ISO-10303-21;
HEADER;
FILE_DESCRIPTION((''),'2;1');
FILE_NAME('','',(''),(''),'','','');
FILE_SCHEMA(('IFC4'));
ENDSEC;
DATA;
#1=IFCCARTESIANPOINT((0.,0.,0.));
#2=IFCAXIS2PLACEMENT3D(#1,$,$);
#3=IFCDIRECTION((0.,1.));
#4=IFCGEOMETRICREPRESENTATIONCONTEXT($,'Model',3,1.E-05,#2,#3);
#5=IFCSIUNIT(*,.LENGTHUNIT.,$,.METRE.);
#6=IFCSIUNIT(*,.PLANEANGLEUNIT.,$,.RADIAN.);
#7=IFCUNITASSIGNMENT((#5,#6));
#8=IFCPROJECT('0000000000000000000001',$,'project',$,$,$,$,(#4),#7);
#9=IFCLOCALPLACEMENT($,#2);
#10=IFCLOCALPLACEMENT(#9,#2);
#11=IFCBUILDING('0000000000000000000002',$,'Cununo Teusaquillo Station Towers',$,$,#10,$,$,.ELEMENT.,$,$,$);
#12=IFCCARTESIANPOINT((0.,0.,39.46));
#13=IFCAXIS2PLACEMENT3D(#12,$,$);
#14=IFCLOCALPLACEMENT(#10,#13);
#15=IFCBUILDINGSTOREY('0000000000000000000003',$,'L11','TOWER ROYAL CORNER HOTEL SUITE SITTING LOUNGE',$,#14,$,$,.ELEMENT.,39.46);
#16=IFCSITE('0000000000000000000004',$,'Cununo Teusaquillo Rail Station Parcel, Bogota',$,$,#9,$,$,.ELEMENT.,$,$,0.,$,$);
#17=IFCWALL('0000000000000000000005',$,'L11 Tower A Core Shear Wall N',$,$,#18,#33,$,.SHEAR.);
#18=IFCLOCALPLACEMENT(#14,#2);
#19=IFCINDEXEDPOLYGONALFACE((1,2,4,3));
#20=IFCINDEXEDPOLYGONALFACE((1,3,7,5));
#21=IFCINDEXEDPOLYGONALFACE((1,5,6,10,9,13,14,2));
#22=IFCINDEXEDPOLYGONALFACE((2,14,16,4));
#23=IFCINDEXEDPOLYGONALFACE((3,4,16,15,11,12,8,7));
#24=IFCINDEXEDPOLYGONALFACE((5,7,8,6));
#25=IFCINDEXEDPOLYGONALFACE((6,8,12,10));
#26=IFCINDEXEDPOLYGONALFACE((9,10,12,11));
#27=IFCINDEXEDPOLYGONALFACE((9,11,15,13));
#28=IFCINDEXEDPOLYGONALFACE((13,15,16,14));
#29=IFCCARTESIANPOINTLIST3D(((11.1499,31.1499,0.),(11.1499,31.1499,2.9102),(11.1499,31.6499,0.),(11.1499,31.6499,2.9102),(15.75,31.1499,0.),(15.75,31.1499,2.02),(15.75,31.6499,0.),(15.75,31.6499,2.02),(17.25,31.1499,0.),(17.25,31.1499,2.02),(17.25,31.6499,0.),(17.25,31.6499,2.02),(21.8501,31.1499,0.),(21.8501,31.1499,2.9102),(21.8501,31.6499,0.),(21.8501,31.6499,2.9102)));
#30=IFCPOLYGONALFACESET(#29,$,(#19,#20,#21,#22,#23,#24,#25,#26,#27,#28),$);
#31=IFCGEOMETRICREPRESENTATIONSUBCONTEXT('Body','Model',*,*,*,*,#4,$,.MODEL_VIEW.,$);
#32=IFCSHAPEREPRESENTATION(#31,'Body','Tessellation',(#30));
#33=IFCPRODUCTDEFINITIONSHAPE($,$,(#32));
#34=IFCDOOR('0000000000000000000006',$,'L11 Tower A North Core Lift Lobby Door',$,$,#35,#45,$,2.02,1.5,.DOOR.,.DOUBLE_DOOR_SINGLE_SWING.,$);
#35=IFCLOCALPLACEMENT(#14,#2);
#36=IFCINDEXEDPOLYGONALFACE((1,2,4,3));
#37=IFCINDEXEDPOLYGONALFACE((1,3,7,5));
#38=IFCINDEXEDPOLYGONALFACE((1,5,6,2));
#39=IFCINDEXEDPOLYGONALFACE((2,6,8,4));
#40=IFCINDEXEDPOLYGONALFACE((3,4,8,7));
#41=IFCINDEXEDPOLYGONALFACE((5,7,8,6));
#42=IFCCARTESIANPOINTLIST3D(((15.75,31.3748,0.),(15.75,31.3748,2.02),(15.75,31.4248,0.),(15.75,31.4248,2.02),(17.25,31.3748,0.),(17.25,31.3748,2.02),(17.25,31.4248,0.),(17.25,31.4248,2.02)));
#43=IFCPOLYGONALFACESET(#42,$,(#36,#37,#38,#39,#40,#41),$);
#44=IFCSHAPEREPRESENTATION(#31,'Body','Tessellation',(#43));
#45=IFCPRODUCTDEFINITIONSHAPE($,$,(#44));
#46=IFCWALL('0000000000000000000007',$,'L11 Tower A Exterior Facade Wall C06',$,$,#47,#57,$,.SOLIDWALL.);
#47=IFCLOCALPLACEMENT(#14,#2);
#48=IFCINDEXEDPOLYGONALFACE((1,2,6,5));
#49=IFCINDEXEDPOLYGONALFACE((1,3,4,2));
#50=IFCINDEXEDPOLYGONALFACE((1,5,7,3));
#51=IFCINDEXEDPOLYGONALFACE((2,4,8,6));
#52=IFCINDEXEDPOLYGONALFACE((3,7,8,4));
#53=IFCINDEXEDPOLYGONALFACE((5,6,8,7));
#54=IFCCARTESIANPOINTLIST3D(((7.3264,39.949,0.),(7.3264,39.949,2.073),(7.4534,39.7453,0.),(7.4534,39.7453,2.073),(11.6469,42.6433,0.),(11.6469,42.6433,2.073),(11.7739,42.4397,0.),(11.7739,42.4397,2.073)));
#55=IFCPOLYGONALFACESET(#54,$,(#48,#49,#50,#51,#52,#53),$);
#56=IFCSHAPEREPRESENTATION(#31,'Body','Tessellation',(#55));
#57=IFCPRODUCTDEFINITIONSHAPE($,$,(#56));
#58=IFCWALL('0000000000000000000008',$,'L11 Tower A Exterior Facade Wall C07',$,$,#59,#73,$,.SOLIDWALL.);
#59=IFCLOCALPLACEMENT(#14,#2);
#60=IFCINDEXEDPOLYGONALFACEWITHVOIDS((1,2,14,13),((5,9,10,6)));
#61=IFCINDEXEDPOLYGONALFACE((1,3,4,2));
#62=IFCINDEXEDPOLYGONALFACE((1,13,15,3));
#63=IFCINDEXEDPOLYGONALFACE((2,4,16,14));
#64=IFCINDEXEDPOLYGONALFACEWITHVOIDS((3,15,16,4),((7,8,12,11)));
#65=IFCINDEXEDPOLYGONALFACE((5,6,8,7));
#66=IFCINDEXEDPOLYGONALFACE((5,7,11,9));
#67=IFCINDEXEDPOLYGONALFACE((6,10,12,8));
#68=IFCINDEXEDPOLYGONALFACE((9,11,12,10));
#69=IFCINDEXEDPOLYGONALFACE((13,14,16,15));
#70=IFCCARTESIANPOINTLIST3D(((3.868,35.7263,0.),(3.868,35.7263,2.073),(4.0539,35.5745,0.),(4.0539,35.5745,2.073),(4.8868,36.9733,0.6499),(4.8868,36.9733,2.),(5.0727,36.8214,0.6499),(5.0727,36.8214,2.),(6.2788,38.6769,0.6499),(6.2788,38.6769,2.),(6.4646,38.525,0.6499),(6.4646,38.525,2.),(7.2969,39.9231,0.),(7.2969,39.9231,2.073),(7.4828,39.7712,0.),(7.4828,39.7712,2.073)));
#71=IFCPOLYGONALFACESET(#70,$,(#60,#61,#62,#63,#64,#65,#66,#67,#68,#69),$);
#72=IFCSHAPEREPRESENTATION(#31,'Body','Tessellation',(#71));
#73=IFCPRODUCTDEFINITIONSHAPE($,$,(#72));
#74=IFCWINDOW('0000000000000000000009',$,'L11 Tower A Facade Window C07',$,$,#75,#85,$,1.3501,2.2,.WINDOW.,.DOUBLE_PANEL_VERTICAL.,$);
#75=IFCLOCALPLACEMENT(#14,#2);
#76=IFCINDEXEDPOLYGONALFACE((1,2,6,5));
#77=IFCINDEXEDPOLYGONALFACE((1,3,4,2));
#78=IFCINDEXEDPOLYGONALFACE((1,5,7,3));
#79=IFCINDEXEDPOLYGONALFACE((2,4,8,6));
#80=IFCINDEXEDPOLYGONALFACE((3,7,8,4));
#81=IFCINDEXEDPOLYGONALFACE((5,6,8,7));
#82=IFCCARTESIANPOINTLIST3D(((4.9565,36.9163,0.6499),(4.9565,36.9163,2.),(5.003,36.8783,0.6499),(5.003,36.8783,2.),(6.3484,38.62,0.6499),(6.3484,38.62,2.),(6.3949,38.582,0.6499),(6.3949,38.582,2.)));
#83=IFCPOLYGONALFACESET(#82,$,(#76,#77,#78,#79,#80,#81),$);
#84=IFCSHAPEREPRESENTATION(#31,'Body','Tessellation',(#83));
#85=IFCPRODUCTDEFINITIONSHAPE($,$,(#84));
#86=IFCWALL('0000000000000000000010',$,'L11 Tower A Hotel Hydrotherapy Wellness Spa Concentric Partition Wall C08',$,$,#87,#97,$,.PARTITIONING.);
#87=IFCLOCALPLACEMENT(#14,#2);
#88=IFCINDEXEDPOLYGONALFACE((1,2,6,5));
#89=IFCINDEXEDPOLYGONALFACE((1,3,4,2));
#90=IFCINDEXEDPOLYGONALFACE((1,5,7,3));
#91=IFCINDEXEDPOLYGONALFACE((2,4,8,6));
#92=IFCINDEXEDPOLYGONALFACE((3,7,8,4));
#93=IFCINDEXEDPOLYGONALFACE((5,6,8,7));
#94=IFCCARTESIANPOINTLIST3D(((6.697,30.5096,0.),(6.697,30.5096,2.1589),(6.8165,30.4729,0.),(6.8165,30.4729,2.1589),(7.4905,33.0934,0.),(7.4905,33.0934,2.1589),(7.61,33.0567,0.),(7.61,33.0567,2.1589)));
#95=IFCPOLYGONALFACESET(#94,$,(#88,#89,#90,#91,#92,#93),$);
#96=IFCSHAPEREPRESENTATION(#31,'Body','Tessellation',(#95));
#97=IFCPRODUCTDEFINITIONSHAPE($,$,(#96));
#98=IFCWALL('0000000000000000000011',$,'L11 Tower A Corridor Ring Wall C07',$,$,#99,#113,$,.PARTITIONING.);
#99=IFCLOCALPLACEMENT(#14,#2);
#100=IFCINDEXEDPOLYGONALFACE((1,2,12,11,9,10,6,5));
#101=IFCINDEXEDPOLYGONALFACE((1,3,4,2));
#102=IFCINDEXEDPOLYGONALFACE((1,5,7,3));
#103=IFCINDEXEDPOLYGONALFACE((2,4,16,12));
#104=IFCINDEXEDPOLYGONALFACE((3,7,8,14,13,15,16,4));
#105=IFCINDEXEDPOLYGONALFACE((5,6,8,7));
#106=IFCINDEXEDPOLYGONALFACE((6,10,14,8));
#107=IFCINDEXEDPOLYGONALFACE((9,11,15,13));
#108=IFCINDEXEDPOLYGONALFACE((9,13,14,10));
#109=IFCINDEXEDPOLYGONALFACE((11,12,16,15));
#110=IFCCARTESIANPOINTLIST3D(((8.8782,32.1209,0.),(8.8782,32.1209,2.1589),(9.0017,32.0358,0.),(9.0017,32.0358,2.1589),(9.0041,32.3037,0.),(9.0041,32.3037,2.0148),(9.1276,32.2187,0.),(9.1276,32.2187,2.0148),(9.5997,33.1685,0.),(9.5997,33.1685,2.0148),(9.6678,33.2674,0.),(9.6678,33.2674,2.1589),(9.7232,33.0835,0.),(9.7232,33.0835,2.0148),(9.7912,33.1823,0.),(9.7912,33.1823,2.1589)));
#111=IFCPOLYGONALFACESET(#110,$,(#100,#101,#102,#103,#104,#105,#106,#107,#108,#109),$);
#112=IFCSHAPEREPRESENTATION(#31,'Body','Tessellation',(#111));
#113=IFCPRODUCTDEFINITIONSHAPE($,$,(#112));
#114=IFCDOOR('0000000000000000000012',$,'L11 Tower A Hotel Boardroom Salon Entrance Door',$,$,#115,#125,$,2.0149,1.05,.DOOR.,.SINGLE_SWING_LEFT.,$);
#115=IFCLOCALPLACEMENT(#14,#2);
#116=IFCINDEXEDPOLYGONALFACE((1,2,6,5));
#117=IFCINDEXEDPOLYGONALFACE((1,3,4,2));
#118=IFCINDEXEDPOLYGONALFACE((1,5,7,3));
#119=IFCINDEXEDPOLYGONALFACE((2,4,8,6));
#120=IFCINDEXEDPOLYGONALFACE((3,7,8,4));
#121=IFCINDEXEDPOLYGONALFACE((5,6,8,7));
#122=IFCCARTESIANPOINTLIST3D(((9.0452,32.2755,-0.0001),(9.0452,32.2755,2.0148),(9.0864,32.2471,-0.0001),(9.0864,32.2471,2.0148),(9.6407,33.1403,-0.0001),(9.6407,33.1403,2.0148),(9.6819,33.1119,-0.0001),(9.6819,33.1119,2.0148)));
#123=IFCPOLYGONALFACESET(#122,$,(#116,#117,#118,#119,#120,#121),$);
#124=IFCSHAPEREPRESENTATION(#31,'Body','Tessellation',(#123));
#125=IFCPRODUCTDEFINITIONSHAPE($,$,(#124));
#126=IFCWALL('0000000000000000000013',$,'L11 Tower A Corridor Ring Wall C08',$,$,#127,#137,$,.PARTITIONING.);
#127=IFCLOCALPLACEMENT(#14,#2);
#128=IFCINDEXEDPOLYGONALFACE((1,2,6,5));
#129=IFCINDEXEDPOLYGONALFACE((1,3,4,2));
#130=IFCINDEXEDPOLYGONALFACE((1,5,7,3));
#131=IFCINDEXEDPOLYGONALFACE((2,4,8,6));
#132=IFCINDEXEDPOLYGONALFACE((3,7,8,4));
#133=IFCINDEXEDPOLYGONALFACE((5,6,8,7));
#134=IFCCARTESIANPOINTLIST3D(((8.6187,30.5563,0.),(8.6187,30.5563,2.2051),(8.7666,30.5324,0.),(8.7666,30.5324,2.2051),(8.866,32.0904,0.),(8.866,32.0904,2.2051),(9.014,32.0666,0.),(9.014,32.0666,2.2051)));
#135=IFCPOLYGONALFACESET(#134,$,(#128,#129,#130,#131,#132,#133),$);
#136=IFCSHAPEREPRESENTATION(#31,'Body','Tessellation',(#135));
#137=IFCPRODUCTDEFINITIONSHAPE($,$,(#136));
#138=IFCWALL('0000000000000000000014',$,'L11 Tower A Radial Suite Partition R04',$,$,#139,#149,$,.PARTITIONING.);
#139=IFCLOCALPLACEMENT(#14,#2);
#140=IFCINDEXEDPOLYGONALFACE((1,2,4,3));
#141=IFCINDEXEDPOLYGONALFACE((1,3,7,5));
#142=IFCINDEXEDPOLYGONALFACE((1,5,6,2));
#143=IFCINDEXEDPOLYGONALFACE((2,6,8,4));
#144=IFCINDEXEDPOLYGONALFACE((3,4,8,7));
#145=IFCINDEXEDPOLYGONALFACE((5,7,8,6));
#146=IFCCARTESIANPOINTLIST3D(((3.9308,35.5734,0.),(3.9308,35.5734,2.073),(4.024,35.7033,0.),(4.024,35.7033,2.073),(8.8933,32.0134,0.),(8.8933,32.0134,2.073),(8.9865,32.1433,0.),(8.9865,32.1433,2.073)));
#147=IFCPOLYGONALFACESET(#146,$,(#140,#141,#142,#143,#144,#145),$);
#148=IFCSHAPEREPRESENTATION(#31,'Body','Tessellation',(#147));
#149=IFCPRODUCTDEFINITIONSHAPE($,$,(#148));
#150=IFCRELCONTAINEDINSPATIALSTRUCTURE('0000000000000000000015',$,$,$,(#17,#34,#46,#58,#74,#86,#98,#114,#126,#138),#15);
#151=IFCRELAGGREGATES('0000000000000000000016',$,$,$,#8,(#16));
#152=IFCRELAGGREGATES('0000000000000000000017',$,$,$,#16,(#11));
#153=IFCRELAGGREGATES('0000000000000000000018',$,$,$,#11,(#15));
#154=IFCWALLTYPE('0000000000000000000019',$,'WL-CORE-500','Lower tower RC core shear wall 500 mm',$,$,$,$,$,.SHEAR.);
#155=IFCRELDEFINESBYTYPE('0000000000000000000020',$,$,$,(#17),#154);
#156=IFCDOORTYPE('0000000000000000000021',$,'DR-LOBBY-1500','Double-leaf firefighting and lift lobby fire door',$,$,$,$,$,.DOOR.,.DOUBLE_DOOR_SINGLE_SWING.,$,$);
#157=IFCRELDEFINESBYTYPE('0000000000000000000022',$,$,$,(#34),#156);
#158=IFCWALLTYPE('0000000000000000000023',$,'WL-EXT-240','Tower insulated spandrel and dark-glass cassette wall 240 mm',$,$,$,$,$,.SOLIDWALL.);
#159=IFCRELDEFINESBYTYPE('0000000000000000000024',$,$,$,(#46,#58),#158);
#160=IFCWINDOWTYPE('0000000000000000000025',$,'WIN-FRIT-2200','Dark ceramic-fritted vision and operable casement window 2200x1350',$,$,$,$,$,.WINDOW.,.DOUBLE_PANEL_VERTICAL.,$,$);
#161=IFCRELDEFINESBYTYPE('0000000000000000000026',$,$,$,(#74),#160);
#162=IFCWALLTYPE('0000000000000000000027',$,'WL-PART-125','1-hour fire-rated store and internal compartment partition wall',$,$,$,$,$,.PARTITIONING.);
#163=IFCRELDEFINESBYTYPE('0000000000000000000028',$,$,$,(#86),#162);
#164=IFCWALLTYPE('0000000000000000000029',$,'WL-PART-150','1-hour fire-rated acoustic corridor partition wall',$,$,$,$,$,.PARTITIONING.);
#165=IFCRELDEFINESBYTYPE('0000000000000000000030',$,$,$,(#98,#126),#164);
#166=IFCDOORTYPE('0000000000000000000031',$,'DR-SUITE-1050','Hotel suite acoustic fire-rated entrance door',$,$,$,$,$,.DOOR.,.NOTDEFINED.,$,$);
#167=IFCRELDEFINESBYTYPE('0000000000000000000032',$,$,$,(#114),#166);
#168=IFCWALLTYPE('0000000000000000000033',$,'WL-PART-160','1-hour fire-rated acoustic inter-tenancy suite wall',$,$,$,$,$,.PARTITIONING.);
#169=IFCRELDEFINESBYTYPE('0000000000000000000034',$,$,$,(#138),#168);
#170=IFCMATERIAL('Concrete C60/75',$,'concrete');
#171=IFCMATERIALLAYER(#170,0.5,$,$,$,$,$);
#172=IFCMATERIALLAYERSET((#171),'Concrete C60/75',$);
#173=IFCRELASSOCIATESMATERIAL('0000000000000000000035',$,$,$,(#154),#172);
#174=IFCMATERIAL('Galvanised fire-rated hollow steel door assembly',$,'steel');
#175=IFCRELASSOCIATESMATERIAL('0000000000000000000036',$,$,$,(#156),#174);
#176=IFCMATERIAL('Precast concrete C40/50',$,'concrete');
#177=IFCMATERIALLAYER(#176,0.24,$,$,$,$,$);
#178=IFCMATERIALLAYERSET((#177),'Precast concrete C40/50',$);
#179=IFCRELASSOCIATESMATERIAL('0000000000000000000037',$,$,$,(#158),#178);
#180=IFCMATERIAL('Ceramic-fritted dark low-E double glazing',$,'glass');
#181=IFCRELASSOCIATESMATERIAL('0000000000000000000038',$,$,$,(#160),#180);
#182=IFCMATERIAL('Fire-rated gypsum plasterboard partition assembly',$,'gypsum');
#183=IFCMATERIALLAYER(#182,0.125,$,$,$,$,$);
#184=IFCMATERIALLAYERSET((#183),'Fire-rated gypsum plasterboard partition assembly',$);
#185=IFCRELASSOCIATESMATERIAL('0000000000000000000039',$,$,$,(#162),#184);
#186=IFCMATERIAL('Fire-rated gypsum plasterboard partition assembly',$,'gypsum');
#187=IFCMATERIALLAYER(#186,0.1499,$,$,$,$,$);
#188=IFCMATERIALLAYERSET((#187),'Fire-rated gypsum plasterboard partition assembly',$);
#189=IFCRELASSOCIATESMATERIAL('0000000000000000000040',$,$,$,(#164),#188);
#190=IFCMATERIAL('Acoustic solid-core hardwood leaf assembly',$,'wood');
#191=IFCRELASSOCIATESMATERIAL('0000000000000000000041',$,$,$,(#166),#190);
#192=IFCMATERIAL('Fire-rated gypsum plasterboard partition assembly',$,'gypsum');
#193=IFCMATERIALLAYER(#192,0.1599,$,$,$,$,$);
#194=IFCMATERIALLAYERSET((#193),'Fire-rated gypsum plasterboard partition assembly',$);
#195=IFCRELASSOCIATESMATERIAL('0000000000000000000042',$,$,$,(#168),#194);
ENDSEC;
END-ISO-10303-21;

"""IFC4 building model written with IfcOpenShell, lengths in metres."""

from ifc_helpers import new_model, si_unit, direction, frame, frame_2d, origin, place, context, subcontext, project, spatial, rectangle, extrude, source, transform, mapped, material, layer, layer_set, type_object, element, fill, save


model = new_model("IFC4")

# Units and contexts
model_context = context("Model", 3, precision=1e-05, world=origin(), true_north=direction((0.0, 1.0)))
body_context = subcontext(model_context, "Body", "Model", "MODEL_VIEW")
ifc_project = project(units=[si_unit("LENGTHUNIT", "METRE"), si_unit("PLANEANGLEUNIT", "RADIAN")], contexts=[model_context])

# Site, building, storey
site_placement = place(None, origin())
site = spatial("IfcSite", under=ifc_project, at=site_placement, Name="Cununo Teusaquillo Rail Station Parcel, Bogota", CompositionType="ELEMENT", RefElevation=0.0)
building_placement = place(site_placement, origin())
building = spatial("IfcBuilding", under=site, at=building_placement, Name="Cununo Teusaquillo Station Towers", CompositionType="ELEMENT")
storey_placement = place(building_placement, frame((0.0, 0.0, 39.46)))
storey = spatial("IfcBuildingStorey", under=building, at=storey_placement, Name="L11", Description="TOWER ROYAL CORNER HOTEL SUITE SITTING LOUNGE", CompositionType="ELEMENT", Elevation=39.46)

# Wall, opening, door
ifc_material_1 = material(Name="Concrete C60/75", Category="concrete")
ifc_layer_1 = layer(ifc_material_1, 0.5)
ifc_layer_set_1 = layer_set([ifc_layer_1], Name="Concrete C60/75")
wall_type_1 = type_object("IfcWallType", Name="WL-CORE-500", Description="Lower tower RC core shear wall 500 mm", PredefinedType="SHEAR", material=ifc_layer_set_1)
wall_1_placement = place(storey_placement, frame((11.1499, 31.3999, 0.0), z_axis=(0.0, 0.0, 1.0), x_axis=(1.0, 0.0, 0.0)))
wall_1 = element("IfcWall", 1, at=wall_1_placement, inside=storey, type_object=wall_type_1, Name="L11 Tower A Core Shear Wall N", PredefinedType="SHEAR", context=body_context, shape_type="SweptSolid", body=[
    extrude(rectangle(XDim=10.7002, YDim=0.5, at=frame_2d((5.3501, 0.0))), origin(), (0.0, 0.0, 1.0), 2.9102),
])
shared_shape_1 = source(origin(), body_context, "Body", "SweptSolid", [
    extrude(rectangle(XDim=1.5, YDim=2.02, at=frame_2d((0.75, 1.01))), frame((0.0, 0.26, 0.0), z_axis=(0.0, -1.0, 0.0), x_axis=(1.0, 0.0, 0.0)), (0.0, 0.0, 1.0), 0.52),
])
opening_1_placement = place(wall_1_placement, frame((4.6001, 0.0, 0.0)))
opening_1 = element("IfcOpeningElement", 2, at=opening_1_placement, cuts=wall_1, PredefinedType="OPENING", context=body_context, shape_type="MappedRepresentation", body=[
    mapped(shared_shape_1, transform((0.0, 0.0, 0.0), x_axis=(1.0, 0.0, 0.0), y_axis=(0.0, 1.0, 0.0), z_axis=(0.0, 0.0, 1.0), scale=1.0)),
])
ifc_material_2 = material(Name="Galvanised fire-rated hollow steel door assembly", Category="steel")
door_type_1 = type_object("IfcDoorType", Name="DR-LOBBY-1500", Description="Double-leaf firefighting and lift lobby fire door", OperationType="DOUBLE_DOOR_SINGLE_SWING", PredefinedType="DOOR", material=ifc_material_2)
shared_shape_2 = source(origin(), body_context, "Body", "SweptSolid", [
    extrude(rectangle(XDim=1.5, YDim=2.02, at=frame_2d((0.75, 1.01))), frame((0.0, 0.0249, 0.0), z_axis=(0.0, -1.0, 0.0), x_axis=(1.0, 0.0, 0.0)), (0.0, 0.0, 1.0), 0.05),
])
door_1_placement = place(opening_1_placement, origin())
door_1 = element("IfcDoor", 3, at=door_1_placement, inside=storey, type_object=door_type_1, Name="L11 Tower A North Core Lift Lobby Door", OperationType="DOUBLE_DOOR_SINGLE_SWING", OverallHeight=2.02, OverallWidth=1.5, PredefinedType="DOOR", context=body_context, shape_type="MappedRepresentation", body=[
    mapped(shared_shape_2, transform((0.0, 0.0, 0.0), x_axis=(1.0, 0.0, 0.0), y_axis=(0.0, 1.0, 0.0), z_axis=(0.0, 0.0, 1.0), scale=1.0)),
])
fill(opening_1, door_1)

# Wall
ifc_material_3 = material(Name="Precast concrete C40/50", Category="concrete")
ifc_layer_2 = layer(ifc_material_3, 0.24)
ifc_layer_set_2 = layer_set([ifc_layer_2], Name="Precast concrete C40/50")
wall_type_2 = type_object("IfcWallType", Name="WL-EXT-240", Description="Tower insulated spandrel and dark-glass cassette wall 240 mm", PredefinedType="SOLIDWALL", material=ifc_layer_set_2)
wall_2_placement = place(storey_placement, frame((7.3899, 39.8472, 0.0), z_axis=(0.0, 0.0, 1.0), x_axis=(0.848529, 0.52915, 0.0)))
element("IfcWall", 4, at=wall_2_placement, inside=storey, type_object=wall_type_2, Name="L11 Tower A Exterior Facade Wall C06", PredefinedType="SOLIDWALL", context=body_context, shape_type="SweptSolid", body=[
    extrude(rectangle(XDim=5.0918, YDim=0.24, at=frame_2d((2.5459, 0.0))), origin(), (0.0, 0.0, 1.0), 2.073),
])

# Wall, opening, window
wall_3_placement = place(storey_placement, frame((3.9609, 35.6504, 0.0), z_axis=(0.0, 0.0, 1.0), x_axis=(0.63271, 0.774389, 0.0)))
wall_3 = element("IfcWall", 5, at=wall_3_placement, inside=storey, type_object=wall_type_2, Name="L11 Tower A Exterior Facade Wall C07", PredefinedType="SOLIDWALL", context=body_context, shape_type="SweptSolid", body=[
    extrude(rectangle(XDim=5.4194, YDim=0.24, at=frame_2d((2.7097, 0.0))), origin(), (0.0, 0.0, 1.0), 2.073),
])
shared_shape_3 = source(origin(), body_context, "Body", "SweptSolid", [
    extrude(rectangle(XDim=2.2, YDim=1.3501, at=frame_2d((1.1001, 0.675))), frame((0.0, 0.1299, 0.0), z_axis=(0.0, -1.0, 0.0), x_axis=(1.0, 0.0, 0.0)), (0.0, 0.0, 1.0), 0.26),
])
opening_2_placement = place(wall_3_placement, frame((1.6101, 0.0, 0.6499)))
opening_2 = element("IfcOpeningElement", 6, at=opening_2_placement, cuts=wall_3, PredefinedType="OPENING", context=body_context, shape_type="MappedRepresentation", body=[
    mapped(shared_shape_3, transform((0.0, 0.0, 0.0), x_axis=(1.0, 0.0, 0.0), y_axis=(0.0, 1.0, 0.0), z_axis=(0.0, 0.0, 1.0), scale=1.0)),
])
ifc_material_4 = material(Name="Ceramic-fritted dark low-E double glazing", Category="glass")
window_type = type_object("IfcWindowType", Name="WIN-FRIT-2200", Description="Dark ceramic-fritted vision and operable casement window 2200x1350", PartitioningType="DOUBLE_PANEL_VERTICAL", PredefinedType="WINDOW", material=ifc_material_4)
shared_shape_4 = source(origin(), body_context, "Body", "SweptSolid", [
    extrude(rectangle(XDim=2.2, YDim=1.3501, at=frame_2d((1.1001, 0.675))), frame((0.0, 0.03, 0.0), z_axis=(0.0, -1.0, 0.0), x_axis=(1.0, 0.0, 0.0)), (0.0, 0.0, 1.0), 0.0601),
])
window_placement = place(opening_2_placement, origin())
window = element("IfcWindow", 7, at=window_placement, inside=storey, type_object=window_type, Name="L11 Tower A Facade Window C07", OverallHeight=1.3501, OverallWidth=2.2, PartitioningType="DOUBLE_PANEL_VERTICAL", PredefinedType="WINDOW", context=body_context, shape_type="MappedRepresentation", body=[
    mapped(shared_shape_4, transform((0.0, 0.0, 0.0), x_axis=(1.0, 0.0, 0.0), y_axis=(0.0, 1.0, 0.0), z_axis=(0.0, 0.0, 1.0), scale=1.0)),
])
fill(opening_2, window)

# Wall
ifc_material_5 = material(Name="Fire-rated gypsum plasterboard partition assembly", Category="gypsum")
ifc_layer_3 = layer(ifc_material_5, 0.125)
ifc_layer_set_3 = layer_set([ifc_layer_3], Name="Fire-rated gypsum plasterboard partition assembly")
wall_type_3 = type_object("IfcWallType", Name="WL-PART-125", Description="1-hour fire-rated store and internal compartment partition wall", PredefinedType="PARTITIONING", material=ifc_layer_set_3)
wall_4_placement = place(storey_placement, frame((7.5503, 33.0752, 0.0), z_axis=(0.0, 0.0, 1.0), x_axis=(-0.293565, -0.955939, 0.0)))
element("IfcWall", 8, at=wall_4_placement, inside=storey, type_object=wall_type_3, Name="L11 Tower A Hotel Hydrotherapy Wellness Spa Concentric Partition Wall C08", PredefinedType="PARTITIONING", context=body_context, shape_type="SweptSolid", body=[
    extrude(rectangle(XDim=2.7029, YDim=0.125, at=frame_2d((1.3516, 0.0))), origin(), (0.0, 0.0, 1.0), 2.1589),
])

# Wall, opening, door
ifc_material_6 = material(Name="Fire-rated gypsum plasterboard partition assembly", Category="gypsum")
ifc_layer_4 = layer(ifc_material_6, 0.1499)
ifc_layer_set_4 = layer_set([ifc_layer_4], Name="Fire-rated gypsum plasterboard partition assembly")
wall_type_4 = type_object("IfcWallType", Name="WL-PART-150", Description="1-hour fire-rated acoustic corridor partition wall", PredefinedType="PARTITIONING", material=ifc_layer_set_4)
wall_5_placement = place(storey_placement, frame((9.7295, 33.2249, 0.0), z_axis=(0.0, 0.0, 1.0), x_axis=(-0.567184, -0.823591, 0.0)))
wall_5 = element("IfcWall", 9, at=wall_5_placement, inside=storey, type_object=wall_type_4, Name="L11 Tower A Corridor Ring Wall C07", PredefinedType="PARTITIONING", context=body_context, shape_type="SweptSolid", body=[
    extrude(rectangle(XDim=1.3921, YDim=0.1499, at=frame_2d((0.696, 0.0))), origin(), (0.0, 0.0, 1.0), 2.1589),
])
shared_shape_5 = source(origin(), body_context, "Body", "SweptSolid", [
    extrude(rectangle(XDim=1.05, YDim=2.0149, at=frame_2d((0.5249, 1.0073))), frame((0.0, 0.085, 0.0), z_axis=(0.0, -1.0, 0.0), x_axis=(1.0, 0.0, 0.0)), (0.0, 0.0, 1.0), 0.1699),
])
opening_3_placement = place(wall_5_placement, frame((0.1201, 0.0, 0.0)))
opening_3 = element("IfcOpeningElement", 10, at=opening_3_placement, cuts=wall_5, PredefinedType="OPENING", context=body_context, shape_type="MappedRepresentation", body=[
    mapped(shared_shape_5, transform((0.0, 0.0, 0.0), x_axis=(1.0, 0.0, 0.0), y_axis=(0.0, 1.0, 0.0), z_axis=(0.0, 0.0, 1.0), scale=1.0)),
])
ifc_material_7 = material(Name="Acoustic solid-core hardwood leaf assembly", Category="wood")
door_type_2 = type_object("IfcDoorType", Name="DR-SUITE-1050", Description="Hotel suite acoustic fire-rated entrance door", OperationType="NOTDEFINED", PredefinedType="DOOR", material=ifc_material_7)
shared_shape_6 = source(origin(), body_context, "Body", "SweptSolid", [
    extrude(rectangle(XDim=1.05, YDim=2.0149, at=frame_2d((0.5249, 1.0073))), frame((0.0, 0.0249, 0.0), z_axis=(0.0, -1.0, 0.0), x_axis=(1.0, 0.0, 0.0)), (0.0, 0.0, 1.0), 0.05),
])
door_2_placement = place(opening_3_placement, origin())
door_2 = element("IfcDoor", 11, at=door_2_placement, inside=storey, type_object=door_type_2, Name="L11 Tower A Hotel Boardroom Salon Entrance Door", OperationType="SINGLE_SWING_LEFT", OverallHeight=2.0149, OverallWidth=1.05, PredefinedType="DOOR", context=body_context, shape_type="MappedRepresentation", body=[
    mapped(shared_shape_6, transform((0.0, 0.0, 0.0), x_axis=(1.0, 0.0, 0.0), y_axis=(0.0, 1.0, 0.0), z_axis=(0.0, 0.0, 1.0), scale=1.0)),
])
fill(opening_3, door_2)

# Walls
wall_6_placement = place(storey_placement, frame((8.9399, 32.0784, 0.0), z_axis=(0.0, 0.0, 1.0), x_axis=(-0.159148, -0.987255, 0.0)))
element("IfcWall", 12, at=wall_6_placement, inside=storey, type_object=wall_type_4, Name="L11 Tower A Corridor Ring Wall C08", PredefinedType="PARTITIONING", context=body_context, shape_type="SweptSolid", body=[
    extrude(rectangle(XDim=1.554, YDim=0.1499, at=frame_2d((0.7769, 0.0))), origin(), (0.0, 0.0, 1.0), 2.2051),
])
ifc_material_8 = material(Name="Fire-rated gypsum plasterboard partition assembly", Category="gypsum")
ifc_layer_5 = layer(ifc_material_8, 0.1599)
ifc_layer_set_5 = layer_set([ifc_layer_5], Name="Fire-rated gypsum plasterboard partition assembly")
wall_type_5 = type_object("IfcWallType", Name="WL-PART-160", Description="1-hour fire-rated acoustic inter-tenancy suite wall", PredefinedType="PARTITIONING", material=ifc_layer_set_5)
wall_7_placement = place(storey_placement, frame((8.9399, 32.0784, 0.0), z_axis=(0.0, 0.0, 1.0), x_axis=(-0.812546, 0.582897, 0.0)))
element("IfcWall", 13, at=wall_7_placement, inside=storey, type_object=wall_type_5, Name="L11 Tower A Radial Suite Partition R04", PredefinedType="PARTITIONING", context=body_context, shape_type="SweptSolid", body=[
    extrude(rectangle(XDim=6.1074, YDim=0.1599, at=frame_2d((3.0537, 0.0))), origin(), (0.0, 0.0, 1.0), 2.073),
])

save(model, "model.ifc")
